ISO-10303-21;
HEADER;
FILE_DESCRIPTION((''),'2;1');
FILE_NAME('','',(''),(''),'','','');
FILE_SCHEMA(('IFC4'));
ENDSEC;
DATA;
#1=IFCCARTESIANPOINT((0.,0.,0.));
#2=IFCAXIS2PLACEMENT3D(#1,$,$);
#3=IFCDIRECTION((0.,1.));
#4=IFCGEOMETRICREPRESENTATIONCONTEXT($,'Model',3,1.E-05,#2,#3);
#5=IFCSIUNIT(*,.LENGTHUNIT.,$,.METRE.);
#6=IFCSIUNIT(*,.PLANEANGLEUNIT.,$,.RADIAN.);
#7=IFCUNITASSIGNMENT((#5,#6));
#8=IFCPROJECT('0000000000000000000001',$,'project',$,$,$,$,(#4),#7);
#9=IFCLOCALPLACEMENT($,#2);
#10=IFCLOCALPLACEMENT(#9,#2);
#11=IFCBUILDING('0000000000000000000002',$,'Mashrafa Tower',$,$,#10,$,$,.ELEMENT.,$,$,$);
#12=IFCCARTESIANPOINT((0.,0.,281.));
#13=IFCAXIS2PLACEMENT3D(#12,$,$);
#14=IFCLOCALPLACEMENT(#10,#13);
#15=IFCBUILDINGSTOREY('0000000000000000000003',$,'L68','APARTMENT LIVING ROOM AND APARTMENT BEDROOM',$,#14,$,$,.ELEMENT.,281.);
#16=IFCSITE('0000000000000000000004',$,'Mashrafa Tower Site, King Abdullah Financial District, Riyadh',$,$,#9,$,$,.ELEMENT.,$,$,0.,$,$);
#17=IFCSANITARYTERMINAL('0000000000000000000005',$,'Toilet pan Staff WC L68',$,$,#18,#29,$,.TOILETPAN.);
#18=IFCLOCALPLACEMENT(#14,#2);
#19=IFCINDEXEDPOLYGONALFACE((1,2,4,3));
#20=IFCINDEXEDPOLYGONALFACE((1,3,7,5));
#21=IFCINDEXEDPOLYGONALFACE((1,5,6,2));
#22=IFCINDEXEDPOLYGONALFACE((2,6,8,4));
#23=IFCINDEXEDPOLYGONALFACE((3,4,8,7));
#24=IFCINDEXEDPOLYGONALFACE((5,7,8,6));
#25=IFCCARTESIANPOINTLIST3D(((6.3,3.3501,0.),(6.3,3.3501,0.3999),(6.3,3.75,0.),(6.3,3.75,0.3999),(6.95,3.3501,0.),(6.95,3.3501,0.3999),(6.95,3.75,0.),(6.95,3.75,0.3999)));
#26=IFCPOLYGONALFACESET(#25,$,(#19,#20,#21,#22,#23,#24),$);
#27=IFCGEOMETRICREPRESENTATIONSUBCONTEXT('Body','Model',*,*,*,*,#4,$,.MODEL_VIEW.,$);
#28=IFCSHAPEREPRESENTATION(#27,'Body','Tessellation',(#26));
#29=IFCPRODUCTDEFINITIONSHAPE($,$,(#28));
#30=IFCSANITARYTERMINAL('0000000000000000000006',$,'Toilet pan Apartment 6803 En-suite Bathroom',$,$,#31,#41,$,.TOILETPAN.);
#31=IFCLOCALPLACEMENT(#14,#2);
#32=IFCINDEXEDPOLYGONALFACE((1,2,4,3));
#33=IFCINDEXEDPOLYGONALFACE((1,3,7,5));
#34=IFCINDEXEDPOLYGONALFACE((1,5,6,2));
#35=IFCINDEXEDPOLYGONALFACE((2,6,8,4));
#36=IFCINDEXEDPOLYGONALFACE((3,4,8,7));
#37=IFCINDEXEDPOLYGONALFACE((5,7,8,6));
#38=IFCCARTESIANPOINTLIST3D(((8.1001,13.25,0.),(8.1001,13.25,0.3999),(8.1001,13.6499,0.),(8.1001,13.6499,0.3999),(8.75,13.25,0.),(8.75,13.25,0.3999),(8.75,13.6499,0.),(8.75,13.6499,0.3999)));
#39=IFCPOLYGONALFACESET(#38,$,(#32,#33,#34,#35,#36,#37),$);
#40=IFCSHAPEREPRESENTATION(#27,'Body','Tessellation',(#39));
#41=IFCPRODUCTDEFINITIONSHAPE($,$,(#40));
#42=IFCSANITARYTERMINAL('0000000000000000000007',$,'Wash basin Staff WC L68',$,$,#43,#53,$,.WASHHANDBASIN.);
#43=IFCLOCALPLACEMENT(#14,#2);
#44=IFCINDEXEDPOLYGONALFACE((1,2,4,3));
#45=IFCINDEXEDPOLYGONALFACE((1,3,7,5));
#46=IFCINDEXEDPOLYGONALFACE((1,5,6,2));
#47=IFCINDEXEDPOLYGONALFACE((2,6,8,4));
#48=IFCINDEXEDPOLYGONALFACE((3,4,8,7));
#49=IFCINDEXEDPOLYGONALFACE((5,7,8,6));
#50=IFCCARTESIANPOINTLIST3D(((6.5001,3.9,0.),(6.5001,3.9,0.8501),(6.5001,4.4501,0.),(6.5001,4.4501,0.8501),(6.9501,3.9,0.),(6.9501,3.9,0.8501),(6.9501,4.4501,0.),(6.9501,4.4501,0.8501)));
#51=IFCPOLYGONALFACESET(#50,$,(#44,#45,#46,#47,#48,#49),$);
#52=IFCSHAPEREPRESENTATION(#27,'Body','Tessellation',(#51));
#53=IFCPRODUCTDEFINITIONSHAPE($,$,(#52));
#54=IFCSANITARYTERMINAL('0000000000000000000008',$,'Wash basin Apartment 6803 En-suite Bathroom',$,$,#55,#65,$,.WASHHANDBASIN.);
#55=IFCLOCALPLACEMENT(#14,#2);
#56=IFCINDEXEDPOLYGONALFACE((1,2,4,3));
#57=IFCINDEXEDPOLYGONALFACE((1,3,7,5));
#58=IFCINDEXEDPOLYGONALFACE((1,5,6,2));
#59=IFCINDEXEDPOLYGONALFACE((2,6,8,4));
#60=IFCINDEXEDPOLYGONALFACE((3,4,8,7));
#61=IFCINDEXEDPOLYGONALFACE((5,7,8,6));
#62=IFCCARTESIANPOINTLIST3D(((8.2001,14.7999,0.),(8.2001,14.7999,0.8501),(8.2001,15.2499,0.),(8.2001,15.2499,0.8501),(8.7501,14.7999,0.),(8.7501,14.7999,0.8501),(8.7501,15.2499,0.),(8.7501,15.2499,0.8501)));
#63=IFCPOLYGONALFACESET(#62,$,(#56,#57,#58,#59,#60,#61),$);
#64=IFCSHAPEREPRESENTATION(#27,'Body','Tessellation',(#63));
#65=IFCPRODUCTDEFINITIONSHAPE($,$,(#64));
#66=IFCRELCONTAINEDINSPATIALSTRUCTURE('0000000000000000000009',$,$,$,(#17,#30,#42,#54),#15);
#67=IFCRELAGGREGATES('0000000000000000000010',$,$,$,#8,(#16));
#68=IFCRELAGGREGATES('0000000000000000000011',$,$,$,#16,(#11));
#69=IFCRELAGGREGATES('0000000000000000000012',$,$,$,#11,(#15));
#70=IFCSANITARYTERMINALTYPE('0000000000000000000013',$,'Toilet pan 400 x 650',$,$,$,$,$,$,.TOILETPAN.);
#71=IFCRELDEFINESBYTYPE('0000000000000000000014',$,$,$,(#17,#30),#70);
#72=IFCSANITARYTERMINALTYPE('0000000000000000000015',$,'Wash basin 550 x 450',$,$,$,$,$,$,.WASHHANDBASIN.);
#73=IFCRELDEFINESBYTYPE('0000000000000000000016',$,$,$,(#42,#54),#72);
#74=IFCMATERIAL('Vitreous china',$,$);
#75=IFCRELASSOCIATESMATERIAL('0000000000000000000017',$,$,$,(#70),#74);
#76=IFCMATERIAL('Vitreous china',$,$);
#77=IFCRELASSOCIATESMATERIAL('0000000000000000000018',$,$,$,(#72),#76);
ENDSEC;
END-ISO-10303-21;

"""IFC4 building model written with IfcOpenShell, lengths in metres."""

from ifc_helpers import new_model, si_unit, direction, frame, origin, origin_2d, place, context, subcontext, project, spatial, rectangle, extrude, material, type_object, element, save


model = new_model("IFC4")

# Units and contexts
model_context = context("Model", 3, precision=1e-05, world=origin(), true_north=direction((0.0, 1.0)))
body_context = subcontext(model_context, "Body", "Model", "MODEL_VIEW")
ifc_project = project(units=[si_unit("LENGTHUNIT", "METRE"), si_unit("PLANEANGLEUNIT", "RADIAN")], contexts=[model_context])

# Site, building, storey
site_placement = place(None, origin())
site = spatial("IfcSite", under=ifc_project, at=site_placement, Name="Mashrafa Tower Site, King Abdullah Financial District, Riyadh", CompositionType="ELEMENT", RefElevation=0.0)
building_placement = place(site_placement, origin())
building = spatial("IfcBuilding", under=site, at=building_placement, Name="Mashrafa Tower", CompositionType="ELEMENT")
storey_placement = place(building_placement, frame((0.0, 0.0, 281.0)))
storey = spatial("IfcBuildingStorey", under=building, at=storey_placement, Name="L68", Description="APARTMENT LIVING ROOM AND APARTMENT BEDROOM", CompositionType="ELEMENT", Elevation=281.0)

# Sanitary terminals
ifc_material_1 = material(Name="Vitreous china")
sanitary_terminal_type_1 = type_object("IfcSanitaryTerminalType", Name="Toilet pan 400 x 650", PredefinedType="TOILETPAN", material=ifc_material_1)
for number, where, z_axis, x_axis, name in (
    (1, (6.625, 3.55, 0.0), (0.0, 0.0, 1.0), (0.0, 1.0, 0.0), "Toilet pan Staff WC L68"),
    (2, (8.425, 13.45, 0.0), (0.0, 0.0, 1.0), (0.0, 1.0, 0.0), "Toilet pan Apartment 6803 En-suite Bathroom"),
):
    element("IfcSanitaryTerminal", number, at=place(storey_placement, frame(where, z_axis=z_axis, x_axis=x_axis)), inside=storey, type_object=sanitary_terminal_type_1, Name=name, PredefinedType="TOILETPAN", context=body_context, shape_type="SweptSolid", body=[
        extrude(rectangle(XDim=0.3999, YDim=0.6499, at=origin_2d()), origin(), (0.0, 0.0, 1.0), 0.3999),
    ])
ifc_material_2 = material(Name="Vitreous china")
sanitary_terminal_type_2 = type_object("IfcSanitaryTerminalType", Name="Wash basin 550 x 450", PredefinedType="WASHHANDBASIN", material=ifc_material_2)
for number, where, z_axis, x_axis, name in (
    (3, (6.7251, 4.175, 0.0), (0.0, 0.0, 1.0), (0.0, 1.0, 0.0), "Wash basin Staff WC L68"),
    (4, (8.4751, 15.0249, 0.0), (0.0, 0.0, 1.0), (-1.0, 0.0, 0.0), "Wash basin Apartment 6803 En-suite Bathroom"),
):
    element("IfcSanitaryTerminal", number, at=place(storey_placement, frame(where, z_axis=z_axis, x_axis=x_axis)), inside=storey, type_object=sanitary_terminal_type_2, Name=name, PredefinedType="WASHHANDBASIN", context=body_context, shape_type="SweptSolid", body=[
        extrude(rectangle(XDim=0.55, YDim=0.45, at=origin_2d()), origin(), (0.0, 0.0, 1.0), 0.8501),
    ])

save(model, "model.ifc")
